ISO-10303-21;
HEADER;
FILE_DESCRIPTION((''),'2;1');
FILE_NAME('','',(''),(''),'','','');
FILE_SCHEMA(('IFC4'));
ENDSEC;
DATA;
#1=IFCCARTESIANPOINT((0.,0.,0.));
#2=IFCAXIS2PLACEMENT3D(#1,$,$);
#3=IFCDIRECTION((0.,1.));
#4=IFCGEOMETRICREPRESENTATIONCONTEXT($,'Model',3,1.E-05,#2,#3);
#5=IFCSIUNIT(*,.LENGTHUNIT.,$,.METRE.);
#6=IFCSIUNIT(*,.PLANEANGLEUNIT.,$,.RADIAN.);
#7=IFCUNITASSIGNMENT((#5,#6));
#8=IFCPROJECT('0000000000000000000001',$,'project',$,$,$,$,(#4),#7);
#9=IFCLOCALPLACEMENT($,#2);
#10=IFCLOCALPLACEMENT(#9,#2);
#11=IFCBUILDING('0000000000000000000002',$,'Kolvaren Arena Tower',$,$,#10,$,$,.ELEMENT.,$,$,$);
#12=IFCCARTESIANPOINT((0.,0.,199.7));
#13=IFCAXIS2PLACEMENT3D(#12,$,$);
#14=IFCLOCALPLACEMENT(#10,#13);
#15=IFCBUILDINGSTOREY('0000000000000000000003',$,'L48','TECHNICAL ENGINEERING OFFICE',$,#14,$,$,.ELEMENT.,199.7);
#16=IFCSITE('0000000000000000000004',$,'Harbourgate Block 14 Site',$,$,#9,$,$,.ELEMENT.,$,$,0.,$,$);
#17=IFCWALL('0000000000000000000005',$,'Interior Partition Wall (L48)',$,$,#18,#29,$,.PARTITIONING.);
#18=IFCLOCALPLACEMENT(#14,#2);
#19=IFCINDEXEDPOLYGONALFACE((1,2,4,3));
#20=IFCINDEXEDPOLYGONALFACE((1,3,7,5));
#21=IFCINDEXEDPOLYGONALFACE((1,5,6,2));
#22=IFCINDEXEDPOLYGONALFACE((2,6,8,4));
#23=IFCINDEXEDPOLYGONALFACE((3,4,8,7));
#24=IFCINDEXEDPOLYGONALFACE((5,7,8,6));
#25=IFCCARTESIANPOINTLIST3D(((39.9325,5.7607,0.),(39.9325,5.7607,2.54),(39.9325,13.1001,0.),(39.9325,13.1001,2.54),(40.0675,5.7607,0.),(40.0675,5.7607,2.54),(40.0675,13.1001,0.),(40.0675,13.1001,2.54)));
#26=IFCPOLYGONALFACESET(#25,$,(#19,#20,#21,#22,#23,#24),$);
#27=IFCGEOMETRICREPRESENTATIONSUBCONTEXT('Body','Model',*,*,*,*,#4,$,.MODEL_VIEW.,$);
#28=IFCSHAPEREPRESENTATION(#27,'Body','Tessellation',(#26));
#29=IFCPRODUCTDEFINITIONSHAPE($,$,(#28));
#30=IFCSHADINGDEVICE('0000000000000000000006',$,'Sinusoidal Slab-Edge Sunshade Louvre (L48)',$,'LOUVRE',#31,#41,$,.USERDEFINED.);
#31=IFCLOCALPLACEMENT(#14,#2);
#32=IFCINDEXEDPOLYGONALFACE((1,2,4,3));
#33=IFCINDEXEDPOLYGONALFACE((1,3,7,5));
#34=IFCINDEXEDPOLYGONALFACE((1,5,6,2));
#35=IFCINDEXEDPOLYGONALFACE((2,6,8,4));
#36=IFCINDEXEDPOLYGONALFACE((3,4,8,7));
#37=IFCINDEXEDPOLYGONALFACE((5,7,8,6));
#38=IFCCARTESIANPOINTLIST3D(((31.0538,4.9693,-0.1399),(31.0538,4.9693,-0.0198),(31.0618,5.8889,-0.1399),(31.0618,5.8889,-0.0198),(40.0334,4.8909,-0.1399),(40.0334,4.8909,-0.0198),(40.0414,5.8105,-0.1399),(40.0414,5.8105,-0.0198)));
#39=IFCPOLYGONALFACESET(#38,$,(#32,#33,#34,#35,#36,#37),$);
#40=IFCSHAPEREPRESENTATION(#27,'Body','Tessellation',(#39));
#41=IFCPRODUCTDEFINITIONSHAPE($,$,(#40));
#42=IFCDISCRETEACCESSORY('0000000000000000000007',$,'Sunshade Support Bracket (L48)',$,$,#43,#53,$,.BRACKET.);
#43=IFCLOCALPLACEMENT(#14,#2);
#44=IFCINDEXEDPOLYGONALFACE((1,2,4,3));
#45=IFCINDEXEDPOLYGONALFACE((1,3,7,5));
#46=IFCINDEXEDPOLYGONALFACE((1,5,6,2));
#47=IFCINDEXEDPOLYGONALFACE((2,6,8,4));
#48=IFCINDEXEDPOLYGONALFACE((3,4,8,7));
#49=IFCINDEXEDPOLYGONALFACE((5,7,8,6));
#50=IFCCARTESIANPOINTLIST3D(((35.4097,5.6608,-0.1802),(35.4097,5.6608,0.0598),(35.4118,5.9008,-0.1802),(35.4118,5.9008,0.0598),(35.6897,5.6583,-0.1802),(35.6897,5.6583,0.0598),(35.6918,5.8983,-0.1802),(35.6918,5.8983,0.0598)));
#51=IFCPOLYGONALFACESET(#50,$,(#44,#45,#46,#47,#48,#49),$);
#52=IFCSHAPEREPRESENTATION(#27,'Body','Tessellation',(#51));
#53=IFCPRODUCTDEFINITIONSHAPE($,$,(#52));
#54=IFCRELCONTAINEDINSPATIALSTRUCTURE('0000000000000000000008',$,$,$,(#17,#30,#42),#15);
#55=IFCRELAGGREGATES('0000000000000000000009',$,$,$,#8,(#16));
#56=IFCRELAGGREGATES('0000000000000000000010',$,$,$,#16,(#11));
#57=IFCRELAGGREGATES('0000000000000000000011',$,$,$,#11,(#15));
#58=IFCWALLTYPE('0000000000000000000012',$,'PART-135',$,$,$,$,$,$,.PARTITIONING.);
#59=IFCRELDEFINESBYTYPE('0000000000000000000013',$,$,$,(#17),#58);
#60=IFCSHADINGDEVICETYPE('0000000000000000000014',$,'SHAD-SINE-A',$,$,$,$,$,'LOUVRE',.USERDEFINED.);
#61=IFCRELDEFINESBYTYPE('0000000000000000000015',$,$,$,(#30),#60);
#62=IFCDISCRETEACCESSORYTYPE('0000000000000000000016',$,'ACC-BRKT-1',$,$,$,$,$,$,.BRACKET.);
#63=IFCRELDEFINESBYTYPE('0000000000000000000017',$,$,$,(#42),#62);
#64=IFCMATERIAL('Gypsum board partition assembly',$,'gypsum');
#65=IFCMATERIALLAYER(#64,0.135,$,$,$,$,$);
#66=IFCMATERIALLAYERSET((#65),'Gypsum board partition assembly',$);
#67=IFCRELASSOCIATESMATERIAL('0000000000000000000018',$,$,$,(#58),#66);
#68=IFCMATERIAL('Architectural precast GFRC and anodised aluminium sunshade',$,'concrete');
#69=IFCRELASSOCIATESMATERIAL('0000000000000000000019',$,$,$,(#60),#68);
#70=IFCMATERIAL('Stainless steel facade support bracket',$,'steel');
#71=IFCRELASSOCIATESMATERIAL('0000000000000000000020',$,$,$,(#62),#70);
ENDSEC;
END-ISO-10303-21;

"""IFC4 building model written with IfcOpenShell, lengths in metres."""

from ifc_helpers import new_model, si_unit, direction, frame, frame_2d, origin, origin_2d, place, context, subcontext, project, spatial, rectangle, extrude, material, layer, layer_set, type_object, element, save


model = new_model("IFC4")

# Units and contexts
model_context = context("Model", 3, precision=1e-05, world=origin(), true_north=direction((0.0, 1.0)))
body_context = subcontext(model_context, "Body", "Model", "MODEL_VIEW")
ifc_project = project(units=[si_unit("LENGTHUNIT", "METRE"), si_unit("PLANEANGLEUNIT", "RADIAN")], contexts=[model_context])

# Site, building, storey
site_placement = place(None, origin())
site = spatial("IfcSite", under=ifc_project, at=site_placement, Name="Harbourgate Block 14 Site", CompositionType="ELEMENT", RefElevation=0.0)
building_placement = place(site_placement, origin())
building = spatial("IfcBuilding", under=site, at=building_placement, Name="Kolvaren Arena Tower", CompositionType="ELEMENT")
storey_placement = place(building_placement, frame((0.0, 0.0, 199.7)))
storey = spatial("IfcBuildingStorey", under=building, at=storey_placement, Name="L48", Description="TECHNICAL ENGINEERING OFFICE", CompositionType="ELEMENT", Elevation=199.7)

# Wall
ifc_material_1 = material(Name="Gypsum board partition assembly", Category="gypsum")
ifc_layer_1 = layer(ifc_material_1, 0.135)
ifc_layer_set_1 = layer_set([ifc_layer_1], Name="Gypsum board partition assembly")
wall_type_1 = type_object("IfcWallType", Name="PART-135", PredefinedType="PARTITIONING", material=ifc_layer_set_1)
wall_1_placement = place(storey_placement, frame((40.0, 5.7607, 0.0), z_axis=(0.0, 0.0, 1.0), x_axis=(0.0, 1.0, 0.0)))
element("IfcWall", 1, at=wall_1_placement, inside=storey, type_object=wall_type_1, Name="Interior Partition Wall (L48)", PredefinedType="PARTITIONING", context=body_context, shape_type="SweptSolid", body=[
    extrude(rectangle(XDim=7.3394, YDim=0.135, at=frame_2d((3.6697, 0.0))), origin(), (0.0, 0.0, 1.0), 2.54),
])

# Shading device
ifc_material_2 = material(Name="Architectural precast GFRC and anodised aluminium sunshade", Category="concrete")
shading_device_type = type_object("IfcShadingDeviceType", Name="SHAD-SINE-A", ElementType="LOUVRE", PredefinedType="USERDEFINED", material=ifc_material_2)
shading_device_placement = place(storey_placement, frame((35.5476, 5.3899, -0.1399), z_axis=(0.0, 0.0, 1.0), x_axis=(-0.999962, 0.008727, 0.0)))
element("IfcShadingDevice", 2, at=shading_device_placement, inside=storey, type_object=shading_device_type, Name="Sinusoidal Slab-Edge Sunshade Louvre (L48)", ObjectType="LOUVRE", PredefinedType="USERDEFINED", context=body_context, shape_type="SweptSolid", body=[
    extrude(rectangle(XDim=8.98, YDim=0.9197, at=origin_2d()), origin(), (0.0, 0.0, 1.0), 0.1201),
])

# Discrete accessory
ifc_material_3 = material(Name="Stainless steel facade support bracket", Category="steel")
discrete_accessory_type = type_object("IfcDiscreteAccessoryType", Name="ACC-BRKT-1", PredefinedType="BRACKET", material=ifc_material_3)
discrete_accessory_placement = place(storey_placement, frame((35.5508, 5.7795, -0.1802), z_axis=(0.0, 0.0, 1.0), x_axis=(-0.999962, 0.008727, 0.0)))
element("IfcDiscreteAccessory", 3, at=discrete_accessory_placement, inside=storey, type_object=discrete_accessory_type, Name="Sunshade Support Bracket (L48)", PredefinedType="BRACKET", context=body_context, shape_type="SweptSolid", body=[
    extrude(rectangle(XDim=0.28, YDim=0.24, at=origin_2d()), origin(), (0.0, 0.0, 1.0), 0.24),
])

save(model, "model.ifc")
